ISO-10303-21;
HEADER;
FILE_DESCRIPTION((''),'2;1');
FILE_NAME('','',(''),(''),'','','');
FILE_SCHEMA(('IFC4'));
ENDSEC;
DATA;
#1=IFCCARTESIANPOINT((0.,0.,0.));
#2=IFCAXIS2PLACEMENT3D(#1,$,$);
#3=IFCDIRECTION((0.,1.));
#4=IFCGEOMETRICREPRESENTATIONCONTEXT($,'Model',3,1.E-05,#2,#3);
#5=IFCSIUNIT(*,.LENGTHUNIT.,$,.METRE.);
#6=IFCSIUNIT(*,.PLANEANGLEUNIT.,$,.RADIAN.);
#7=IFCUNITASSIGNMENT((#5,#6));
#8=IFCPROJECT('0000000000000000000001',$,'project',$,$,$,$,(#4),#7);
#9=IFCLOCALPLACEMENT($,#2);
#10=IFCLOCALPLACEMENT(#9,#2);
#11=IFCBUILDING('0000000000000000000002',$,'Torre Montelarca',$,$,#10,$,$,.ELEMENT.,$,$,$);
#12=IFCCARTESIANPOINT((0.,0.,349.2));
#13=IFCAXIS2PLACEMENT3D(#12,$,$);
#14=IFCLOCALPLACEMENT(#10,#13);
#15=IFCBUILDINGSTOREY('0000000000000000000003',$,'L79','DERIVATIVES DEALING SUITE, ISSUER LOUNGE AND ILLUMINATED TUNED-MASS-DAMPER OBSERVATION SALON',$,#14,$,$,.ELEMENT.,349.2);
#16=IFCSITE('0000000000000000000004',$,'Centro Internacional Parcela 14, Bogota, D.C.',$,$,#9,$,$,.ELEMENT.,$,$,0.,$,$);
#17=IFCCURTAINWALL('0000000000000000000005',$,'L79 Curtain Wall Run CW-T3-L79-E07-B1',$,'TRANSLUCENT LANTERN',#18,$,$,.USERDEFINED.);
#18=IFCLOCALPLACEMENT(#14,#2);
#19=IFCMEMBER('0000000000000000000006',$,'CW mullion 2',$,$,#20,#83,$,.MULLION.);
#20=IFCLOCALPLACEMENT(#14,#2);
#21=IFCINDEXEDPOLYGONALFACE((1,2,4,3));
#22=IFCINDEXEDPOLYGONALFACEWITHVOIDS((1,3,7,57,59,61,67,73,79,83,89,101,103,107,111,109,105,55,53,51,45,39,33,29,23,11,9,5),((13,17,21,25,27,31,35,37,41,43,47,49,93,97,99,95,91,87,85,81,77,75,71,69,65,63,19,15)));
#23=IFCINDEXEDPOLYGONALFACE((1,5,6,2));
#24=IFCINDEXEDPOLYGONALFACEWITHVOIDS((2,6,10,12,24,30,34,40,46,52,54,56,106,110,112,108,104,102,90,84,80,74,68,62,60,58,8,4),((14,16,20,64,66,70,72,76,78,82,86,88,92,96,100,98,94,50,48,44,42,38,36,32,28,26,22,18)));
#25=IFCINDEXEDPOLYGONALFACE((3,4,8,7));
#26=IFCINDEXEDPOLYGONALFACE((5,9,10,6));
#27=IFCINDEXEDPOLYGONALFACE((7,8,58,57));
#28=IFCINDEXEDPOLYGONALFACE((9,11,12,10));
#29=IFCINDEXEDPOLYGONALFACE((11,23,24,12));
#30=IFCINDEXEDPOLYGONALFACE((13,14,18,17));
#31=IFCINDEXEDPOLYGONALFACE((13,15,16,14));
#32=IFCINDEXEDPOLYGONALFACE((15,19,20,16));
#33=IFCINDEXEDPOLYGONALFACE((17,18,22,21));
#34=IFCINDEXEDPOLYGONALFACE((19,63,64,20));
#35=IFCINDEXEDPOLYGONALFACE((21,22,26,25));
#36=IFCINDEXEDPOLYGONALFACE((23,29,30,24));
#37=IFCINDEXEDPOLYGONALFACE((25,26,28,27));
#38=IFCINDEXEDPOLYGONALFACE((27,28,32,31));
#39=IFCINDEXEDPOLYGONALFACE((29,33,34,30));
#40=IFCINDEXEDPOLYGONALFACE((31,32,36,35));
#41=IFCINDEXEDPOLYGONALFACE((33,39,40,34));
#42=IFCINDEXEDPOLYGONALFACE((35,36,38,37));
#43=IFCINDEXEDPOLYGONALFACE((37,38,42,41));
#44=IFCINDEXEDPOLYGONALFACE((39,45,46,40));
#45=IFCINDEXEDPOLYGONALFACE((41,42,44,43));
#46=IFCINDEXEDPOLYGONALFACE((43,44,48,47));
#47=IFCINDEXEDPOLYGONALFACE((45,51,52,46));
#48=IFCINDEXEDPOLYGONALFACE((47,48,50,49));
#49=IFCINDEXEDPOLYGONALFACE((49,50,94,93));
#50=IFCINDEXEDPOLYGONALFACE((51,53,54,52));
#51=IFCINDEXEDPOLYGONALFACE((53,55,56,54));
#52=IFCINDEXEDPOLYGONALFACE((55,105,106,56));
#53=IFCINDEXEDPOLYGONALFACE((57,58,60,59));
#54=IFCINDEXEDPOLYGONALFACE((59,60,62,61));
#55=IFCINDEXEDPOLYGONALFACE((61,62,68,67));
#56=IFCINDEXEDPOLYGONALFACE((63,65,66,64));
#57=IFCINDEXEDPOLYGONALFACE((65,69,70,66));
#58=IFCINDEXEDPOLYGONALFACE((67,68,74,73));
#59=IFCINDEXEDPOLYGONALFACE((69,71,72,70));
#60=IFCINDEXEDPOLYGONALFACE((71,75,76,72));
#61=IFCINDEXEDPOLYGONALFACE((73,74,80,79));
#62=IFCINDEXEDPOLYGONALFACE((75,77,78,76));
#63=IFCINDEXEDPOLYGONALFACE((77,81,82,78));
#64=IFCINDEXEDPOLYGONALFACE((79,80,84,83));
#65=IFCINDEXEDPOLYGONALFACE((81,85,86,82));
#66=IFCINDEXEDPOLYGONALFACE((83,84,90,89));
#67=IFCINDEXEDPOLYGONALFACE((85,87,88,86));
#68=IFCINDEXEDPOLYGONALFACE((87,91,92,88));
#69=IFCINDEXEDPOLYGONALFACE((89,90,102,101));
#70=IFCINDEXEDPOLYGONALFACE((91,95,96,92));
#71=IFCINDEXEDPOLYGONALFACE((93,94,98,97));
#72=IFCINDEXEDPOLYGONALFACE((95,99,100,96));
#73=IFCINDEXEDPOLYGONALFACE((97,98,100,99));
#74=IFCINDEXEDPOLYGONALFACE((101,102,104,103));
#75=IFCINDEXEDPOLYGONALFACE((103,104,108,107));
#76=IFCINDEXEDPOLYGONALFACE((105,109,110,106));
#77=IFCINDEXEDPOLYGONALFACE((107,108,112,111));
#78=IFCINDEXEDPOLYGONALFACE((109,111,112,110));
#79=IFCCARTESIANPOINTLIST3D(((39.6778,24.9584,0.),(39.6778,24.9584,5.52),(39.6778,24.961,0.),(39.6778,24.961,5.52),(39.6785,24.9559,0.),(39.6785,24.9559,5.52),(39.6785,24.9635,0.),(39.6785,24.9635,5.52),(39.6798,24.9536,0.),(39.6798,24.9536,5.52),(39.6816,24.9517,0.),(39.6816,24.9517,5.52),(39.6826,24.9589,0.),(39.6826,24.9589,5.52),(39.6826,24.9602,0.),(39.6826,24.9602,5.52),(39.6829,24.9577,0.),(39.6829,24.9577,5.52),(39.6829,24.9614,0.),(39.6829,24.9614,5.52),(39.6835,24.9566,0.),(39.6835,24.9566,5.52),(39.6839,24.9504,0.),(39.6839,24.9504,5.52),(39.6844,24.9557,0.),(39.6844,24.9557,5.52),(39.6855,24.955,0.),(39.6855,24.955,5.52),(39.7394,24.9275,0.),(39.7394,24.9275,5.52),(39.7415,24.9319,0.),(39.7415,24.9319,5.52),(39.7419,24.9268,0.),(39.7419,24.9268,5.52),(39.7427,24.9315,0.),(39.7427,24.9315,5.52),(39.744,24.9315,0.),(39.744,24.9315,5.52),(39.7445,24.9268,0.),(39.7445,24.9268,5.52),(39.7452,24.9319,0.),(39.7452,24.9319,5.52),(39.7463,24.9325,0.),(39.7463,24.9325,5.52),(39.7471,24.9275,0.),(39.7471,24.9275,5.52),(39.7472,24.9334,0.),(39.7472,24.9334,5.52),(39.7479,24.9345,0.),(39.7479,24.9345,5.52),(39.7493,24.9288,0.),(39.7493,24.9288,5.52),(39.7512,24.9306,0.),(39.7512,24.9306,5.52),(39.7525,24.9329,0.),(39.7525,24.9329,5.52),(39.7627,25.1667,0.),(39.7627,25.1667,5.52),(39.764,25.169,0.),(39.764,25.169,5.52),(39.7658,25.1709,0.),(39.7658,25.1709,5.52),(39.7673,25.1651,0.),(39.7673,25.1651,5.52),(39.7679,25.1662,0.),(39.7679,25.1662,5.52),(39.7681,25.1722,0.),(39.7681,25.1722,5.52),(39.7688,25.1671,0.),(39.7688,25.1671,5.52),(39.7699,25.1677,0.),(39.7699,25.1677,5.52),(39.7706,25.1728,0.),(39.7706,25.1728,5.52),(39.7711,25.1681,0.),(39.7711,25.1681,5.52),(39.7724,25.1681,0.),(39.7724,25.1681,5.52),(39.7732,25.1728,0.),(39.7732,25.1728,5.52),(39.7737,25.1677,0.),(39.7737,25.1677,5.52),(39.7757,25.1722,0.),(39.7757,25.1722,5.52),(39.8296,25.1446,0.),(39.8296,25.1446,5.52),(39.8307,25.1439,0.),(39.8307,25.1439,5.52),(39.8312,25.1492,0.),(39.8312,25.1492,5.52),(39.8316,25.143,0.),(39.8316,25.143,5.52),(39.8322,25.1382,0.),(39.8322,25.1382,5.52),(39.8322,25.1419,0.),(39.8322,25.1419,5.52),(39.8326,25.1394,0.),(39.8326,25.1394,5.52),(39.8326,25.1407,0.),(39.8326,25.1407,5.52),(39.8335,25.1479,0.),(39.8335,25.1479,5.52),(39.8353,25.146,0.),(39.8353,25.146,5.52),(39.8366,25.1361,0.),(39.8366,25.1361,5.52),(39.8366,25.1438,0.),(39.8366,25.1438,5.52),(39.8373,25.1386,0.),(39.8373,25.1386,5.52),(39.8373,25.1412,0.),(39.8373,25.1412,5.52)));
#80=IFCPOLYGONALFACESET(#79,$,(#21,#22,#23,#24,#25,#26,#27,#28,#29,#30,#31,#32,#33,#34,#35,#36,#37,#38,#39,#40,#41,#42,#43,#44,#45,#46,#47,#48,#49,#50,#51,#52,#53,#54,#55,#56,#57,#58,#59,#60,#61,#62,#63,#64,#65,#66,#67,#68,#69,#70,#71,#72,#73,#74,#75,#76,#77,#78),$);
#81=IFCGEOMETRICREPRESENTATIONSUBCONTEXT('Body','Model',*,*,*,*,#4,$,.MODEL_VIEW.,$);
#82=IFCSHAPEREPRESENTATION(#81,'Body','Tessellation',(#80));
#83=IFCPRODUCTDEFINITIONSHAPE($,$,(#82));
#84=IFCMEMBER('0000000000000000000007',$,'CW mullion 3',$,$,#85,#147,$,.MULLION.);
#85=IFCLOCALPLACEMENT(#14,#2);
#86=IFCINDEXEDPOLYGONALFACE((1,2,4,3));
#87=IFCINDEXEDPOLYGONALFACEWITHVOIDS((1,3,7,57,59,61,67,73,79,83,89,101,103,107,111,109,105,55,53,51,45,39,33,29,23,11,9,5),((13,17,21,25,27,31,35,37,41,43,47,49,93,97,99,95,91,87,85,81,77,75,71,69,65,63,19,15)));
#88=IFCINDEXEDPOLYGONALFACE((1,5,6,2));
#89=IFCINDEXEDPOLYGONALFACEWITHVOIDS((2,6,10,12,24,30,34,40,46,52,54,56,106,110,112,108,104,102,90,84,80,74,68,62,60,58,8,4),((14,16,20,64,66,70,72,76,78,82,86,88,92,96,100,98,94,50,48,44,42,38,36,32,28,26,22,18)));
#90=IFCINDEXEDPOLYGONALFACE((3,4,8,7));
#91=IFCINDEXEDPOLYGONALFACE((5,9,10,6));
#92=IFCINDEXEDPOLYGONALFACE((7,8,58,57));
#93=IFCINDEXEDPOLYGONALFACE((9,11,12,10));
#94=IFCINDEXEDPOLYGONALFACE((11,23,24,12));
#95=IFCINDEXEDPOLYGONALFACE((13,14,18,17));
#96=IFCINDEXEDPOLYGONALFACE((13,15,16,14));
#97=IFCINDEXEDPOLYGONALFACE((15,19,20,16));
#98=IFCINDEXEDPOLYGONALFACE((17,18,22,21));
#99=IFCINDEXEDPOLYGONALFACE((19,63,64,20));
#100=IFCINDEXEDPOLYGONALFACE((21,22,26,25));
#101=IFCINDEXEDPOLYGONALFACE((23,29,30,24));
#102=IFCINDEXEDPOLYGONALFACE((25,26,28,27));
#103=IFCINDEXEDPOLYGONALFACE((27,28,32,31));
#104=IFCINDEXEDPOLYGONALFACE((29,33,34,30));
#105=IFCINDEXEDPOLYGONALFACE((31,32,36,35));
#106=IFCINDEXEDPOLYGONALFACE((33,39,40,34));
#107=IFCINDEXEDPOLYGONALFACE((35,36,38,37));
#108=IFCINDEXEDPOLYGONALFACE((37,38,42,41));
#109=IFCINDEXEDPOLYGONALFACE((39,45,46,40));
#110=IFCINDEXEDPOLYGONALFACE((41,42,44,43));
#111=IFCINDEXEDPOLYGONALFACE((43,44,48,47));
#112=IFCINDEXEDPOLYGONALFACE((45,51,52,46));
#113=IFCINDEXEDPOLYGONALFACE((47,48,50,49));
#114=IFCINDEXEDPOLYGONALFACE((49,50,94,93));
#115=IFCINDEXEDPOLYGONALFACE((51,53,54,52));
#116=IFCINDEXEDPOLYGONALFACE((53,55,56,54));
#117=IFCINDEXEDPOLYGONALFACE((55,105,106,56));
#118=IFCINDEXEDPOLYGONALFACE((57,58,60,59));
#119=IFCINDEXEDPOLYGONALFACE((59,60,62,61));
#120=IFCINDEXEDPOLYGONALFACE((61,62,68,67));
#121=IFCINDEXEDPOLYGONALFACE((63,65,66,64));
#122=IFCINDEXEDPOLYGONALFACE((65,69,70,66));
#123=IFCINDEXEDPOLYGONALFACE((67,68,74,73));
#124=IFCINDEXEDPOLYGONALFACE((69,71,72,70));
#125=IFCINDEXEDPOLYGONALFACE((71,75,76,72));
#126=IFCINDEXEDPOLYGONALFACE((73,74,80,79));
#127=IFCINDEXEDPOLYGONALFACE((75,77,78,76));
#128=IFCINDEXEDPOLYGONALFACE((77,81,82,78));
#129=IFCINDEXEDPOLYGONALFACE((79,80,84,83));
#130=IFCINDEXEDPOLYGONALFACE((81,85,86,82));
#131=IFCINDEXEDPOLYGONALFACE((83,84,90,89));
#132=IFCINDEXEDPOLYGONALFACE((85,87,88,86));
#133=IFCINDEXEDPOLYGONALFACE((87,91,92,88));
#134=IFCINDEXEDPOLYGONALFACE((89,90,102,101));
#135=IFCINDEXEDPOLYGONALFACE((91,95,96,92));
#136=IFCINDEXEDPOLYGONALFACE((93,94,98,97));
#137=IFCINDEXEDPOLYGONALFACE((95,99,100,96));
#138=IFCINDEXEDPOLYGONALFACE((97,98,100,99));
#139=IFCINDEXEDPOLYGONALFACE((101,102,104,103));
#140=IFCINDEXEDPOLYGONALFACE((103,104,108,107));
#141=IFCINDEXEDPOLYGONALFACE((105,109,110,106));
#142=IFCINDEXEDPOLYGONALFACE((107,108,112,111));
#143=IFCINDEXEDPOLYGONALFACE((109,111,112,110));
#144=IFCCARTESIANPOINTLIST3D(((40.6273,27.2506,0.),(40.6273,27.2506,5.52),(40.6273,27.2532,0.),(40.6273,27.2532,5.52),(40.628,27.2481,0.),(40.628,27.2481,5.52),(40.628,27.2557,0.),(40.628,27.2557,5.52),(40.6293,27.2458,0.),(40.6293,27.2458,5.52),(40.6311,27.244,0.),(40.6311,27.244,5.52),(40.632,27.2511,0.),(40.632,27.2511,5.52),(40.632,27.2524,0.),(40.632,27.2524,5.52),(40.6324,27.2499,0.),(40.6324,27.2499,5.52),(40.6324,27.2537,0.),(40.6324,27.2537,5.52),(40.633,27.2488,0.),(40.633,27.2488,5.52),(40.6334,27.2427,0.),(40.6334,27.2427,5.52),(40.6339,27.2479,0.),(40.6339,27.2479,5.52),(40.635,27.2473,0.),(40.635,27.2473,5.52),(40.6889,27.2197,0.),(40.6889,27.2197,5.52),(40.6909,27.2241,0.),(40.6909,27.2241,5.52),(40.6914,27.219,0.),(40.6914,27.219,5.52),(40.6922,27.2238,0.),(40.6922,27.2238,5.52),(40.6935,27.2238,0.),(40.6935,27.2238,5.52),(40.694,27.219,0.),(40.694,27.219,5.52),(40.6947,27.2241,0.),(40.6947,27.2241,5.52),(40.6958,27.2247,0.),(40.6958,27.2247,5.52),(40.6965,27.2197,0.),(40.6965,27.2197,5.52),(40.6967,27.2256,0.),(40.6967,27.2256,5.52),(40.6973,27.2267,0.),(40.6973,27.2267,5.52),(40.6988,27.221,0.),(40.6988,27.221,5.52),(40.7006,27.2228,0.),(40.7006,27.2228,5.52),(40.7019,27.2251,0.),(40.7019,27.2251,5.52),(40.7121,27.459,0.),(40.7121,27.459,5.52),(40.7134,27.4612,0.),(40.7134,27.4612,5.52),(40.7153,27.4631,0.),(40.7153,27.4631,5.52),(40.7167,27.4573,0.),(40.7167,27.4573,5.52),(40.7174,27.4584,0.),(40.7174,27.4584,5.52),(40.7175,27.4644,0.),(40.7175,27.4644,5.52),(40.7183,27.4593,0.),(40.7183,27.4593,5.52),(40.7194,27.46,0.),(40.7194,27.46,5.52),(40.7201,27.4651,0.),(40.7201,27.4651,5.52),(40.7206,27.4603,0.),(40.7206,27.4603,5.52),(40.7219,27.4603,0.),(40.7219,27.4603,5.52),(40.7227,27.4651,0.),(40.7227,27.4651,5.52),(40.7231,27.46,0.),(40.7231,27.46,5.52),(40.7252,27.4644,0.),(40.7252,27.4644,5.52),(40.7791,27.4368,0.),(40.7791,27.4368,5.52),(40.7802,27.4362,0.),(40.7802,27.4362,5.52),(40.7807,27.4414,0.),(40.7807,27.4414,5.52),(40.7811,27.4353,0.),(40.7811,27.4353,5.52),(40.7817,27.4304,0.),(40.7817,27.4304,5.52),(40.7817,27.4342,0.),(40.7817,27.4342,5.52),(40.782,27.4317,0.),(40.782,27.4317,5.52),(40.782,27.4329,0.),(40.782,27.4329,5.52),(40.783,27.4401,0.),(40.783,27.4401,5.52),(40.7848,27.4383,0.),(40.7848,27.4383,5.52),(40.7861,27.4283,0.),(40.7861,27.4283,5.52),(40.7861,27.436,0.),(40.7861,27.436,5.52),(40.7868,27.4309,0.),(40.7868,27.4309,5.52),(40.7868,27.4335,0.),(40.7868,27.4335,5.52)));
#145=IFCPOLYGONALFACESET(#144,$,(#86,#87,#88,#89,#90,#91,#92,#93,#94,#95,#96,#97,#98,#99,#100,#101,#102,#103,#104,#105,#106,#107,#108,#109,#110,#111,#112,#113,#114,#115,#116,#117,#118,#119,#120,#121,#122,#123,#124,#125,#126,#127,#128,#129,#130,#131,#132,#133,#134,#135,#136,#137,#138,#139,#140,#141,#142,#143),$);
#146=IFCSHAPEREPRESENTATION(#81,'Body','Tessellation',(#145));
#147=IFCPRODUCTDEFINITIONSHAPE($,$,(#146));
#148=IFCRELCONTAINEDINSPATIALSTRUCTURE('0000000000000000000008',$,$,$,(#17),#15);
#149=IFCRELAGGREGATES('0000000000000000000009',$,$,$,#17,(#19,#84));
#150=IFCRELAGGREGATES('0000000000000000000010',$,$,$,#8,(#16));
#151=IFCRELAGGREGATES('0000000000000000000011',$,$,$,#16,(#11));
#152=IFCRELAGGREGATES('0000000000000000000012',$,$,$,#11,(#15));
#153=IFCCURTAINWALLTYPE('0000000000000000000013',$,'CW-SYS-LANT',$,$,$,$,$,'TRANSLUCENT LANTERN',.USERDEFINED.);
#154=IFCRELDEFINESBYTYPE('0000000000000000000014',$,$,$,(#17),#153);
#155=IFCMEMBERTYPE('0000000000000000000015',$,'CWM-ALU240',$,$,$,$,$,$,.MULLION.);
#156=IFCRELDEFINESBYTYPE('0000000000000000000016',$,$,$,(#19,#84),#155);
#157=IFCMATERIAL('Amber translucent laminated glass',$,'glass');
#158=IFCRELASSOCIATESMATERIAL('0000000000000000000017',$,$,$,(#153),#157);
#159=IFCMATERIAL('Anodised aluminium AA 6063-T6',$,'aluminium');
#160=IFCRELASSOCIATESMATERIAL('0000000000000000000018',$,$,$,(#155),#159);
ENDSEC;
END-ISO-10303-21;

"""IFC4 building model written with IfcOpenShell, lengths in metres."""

from ifc_helpers import new_model, si_unit, direction, frame, origin, origin_2d, place, context, subcontext, project, spatial, hollow_rectangle, extrude, source, transform, mapped, material, material_profile, profile_set, type_object, element, aggregate, save


model = new_model("IFC4")

# Units and contexts
model_context = context("Model", 3, precision=1e-05, world=origin(), true_north=direction((0.0, 1.0)))
body_context = subcontext(model_context, "Body", "Model", "MODEL_VIEW")
ifc_project = project(units=[si_unit("LENGTHUNIT", "METRE"), si_unit("PLANEANGLEUNIT", "RADIAN")], contexts=[model_context])

# Site, building, storey
site_placement = place(None, origin())
site = spatial("IfcSite", under=ifc_project, at=site_placement, Name="Centro Internacional Parcela 14, Bogota, D.C.", CompositionType="ELEMENT", RefElevation=0.0)
building_placement = place(site_placement, origin())
building = spatial("IfcBuilding", under=site, at=building_placement, Name="Torre Montelarca", CompositionType="ELEMENT")
storey_placement = place(building_placement, frame((0.0, 0.0, 349.2)))
storey = spatial("IfcBuildingStorey", under=building, at=storey_placement, Name="L79", Description="DERIVATIVES DEALING SUITE, ISSUER LOUNGE AND ILLUMINATED TUNED-MASS-DAMPER OBSERVATION SALON", CompositionType="ELEMENT", Elevation=349.2)

# Curtain wall, members
ifc_material_1 = material(Name="Amber translucent laminated glass", Category="glass")
curtain_wall_type = type_object("IfcCurtainWallType", Name="CW-SYS-LANT", ElementType="TRANSLUCENT LANTERN", PredefinedType="USERDEFINED", material=ifc_material_1)
curtain_wall_placement = place(storey_placement, origin())
curtain_wall = element("IfcCurtainWall", 1, at=curtain_wall_placement, inside=storey, type_object=curtain_wall_type, Name="L79 Curtain Wall Run CW-T3-L79-E07-B1", ObjectType="TRANSLUCENT LANTERN", PredefinedType="USERDEFINED")
ifc_material_2 = material(Name="Anodised aluminium AA 6063-T6", Category="aluminium")
ifc_material_profile_1 = material_profile(ifc_material_2, hollow_rectangle(XDim=0.0801, YDim=0.24, WallThickness=0.0049, InnerFilletRadius=0.0049, OuterFilletRadius=0.01, at=origin_2d()), Name="ALU80X240X5", Category="aluminium")
ifc_profile_set_1 = profile_set([ifc_material_profile_1], Name="Anodised aluminium AA 6063-T6")
member_type_1 = type_object("IfcMemberType", Name="CWM-ALU240", PredefinedType="MULLION", material=ifc_profile_set_1)
shared_shape_1 = source(origin(), body_context, "Body", "SweptSolid", [
    extrude(hollow_rectangle(XDim=0.0801, YDim=0.24, WallThickness=0.0049, InnerFilletRadius=0.0049, OuterFilletRadius=0.01, at=origin_2d()), origin(), (0.0, 0.0, 1.0), 5.52),
])
member_1_placement = place(storey_placement, frame((39.7576, 25.0498, 0.0), z_axis=(0.0, 0.0, 1.0), x_axis=(-0.923881, 0.382681, 0.0)))
member_1 = element("IfcMember", 2, at=member_1_placement, type_object=member_type_1, Name="CW mullion 2", PredefinedType="MULLION", context=body_context, shape_type="MappedRepresentation", body=[
    mapped(shared_shape_1, transform((0.0, 0.0, 0.0), scale=1.0)),
])
member_2_placement = place(storey_placement, frame((40.707, 27.342, 0.0), z_axis=(0.0, 0.0, 1.0), x_axis=(-0.923881, 0.382681, 0.0)))
member_2 = element("IfcMember", 3, at=member_2_placement, type_object=member_type_1, Name="CW mullion 3", PredefinedType="MULLION", context=body_context, shape_type="MappedRepresentation", body=[
    mapped(shared_shape_1, transform((0.0, 0.0, 0.0), scale=1.0)),
])

aggregate(curtain_wall, [member_1, member_2])

save(model, "model.ifc")
